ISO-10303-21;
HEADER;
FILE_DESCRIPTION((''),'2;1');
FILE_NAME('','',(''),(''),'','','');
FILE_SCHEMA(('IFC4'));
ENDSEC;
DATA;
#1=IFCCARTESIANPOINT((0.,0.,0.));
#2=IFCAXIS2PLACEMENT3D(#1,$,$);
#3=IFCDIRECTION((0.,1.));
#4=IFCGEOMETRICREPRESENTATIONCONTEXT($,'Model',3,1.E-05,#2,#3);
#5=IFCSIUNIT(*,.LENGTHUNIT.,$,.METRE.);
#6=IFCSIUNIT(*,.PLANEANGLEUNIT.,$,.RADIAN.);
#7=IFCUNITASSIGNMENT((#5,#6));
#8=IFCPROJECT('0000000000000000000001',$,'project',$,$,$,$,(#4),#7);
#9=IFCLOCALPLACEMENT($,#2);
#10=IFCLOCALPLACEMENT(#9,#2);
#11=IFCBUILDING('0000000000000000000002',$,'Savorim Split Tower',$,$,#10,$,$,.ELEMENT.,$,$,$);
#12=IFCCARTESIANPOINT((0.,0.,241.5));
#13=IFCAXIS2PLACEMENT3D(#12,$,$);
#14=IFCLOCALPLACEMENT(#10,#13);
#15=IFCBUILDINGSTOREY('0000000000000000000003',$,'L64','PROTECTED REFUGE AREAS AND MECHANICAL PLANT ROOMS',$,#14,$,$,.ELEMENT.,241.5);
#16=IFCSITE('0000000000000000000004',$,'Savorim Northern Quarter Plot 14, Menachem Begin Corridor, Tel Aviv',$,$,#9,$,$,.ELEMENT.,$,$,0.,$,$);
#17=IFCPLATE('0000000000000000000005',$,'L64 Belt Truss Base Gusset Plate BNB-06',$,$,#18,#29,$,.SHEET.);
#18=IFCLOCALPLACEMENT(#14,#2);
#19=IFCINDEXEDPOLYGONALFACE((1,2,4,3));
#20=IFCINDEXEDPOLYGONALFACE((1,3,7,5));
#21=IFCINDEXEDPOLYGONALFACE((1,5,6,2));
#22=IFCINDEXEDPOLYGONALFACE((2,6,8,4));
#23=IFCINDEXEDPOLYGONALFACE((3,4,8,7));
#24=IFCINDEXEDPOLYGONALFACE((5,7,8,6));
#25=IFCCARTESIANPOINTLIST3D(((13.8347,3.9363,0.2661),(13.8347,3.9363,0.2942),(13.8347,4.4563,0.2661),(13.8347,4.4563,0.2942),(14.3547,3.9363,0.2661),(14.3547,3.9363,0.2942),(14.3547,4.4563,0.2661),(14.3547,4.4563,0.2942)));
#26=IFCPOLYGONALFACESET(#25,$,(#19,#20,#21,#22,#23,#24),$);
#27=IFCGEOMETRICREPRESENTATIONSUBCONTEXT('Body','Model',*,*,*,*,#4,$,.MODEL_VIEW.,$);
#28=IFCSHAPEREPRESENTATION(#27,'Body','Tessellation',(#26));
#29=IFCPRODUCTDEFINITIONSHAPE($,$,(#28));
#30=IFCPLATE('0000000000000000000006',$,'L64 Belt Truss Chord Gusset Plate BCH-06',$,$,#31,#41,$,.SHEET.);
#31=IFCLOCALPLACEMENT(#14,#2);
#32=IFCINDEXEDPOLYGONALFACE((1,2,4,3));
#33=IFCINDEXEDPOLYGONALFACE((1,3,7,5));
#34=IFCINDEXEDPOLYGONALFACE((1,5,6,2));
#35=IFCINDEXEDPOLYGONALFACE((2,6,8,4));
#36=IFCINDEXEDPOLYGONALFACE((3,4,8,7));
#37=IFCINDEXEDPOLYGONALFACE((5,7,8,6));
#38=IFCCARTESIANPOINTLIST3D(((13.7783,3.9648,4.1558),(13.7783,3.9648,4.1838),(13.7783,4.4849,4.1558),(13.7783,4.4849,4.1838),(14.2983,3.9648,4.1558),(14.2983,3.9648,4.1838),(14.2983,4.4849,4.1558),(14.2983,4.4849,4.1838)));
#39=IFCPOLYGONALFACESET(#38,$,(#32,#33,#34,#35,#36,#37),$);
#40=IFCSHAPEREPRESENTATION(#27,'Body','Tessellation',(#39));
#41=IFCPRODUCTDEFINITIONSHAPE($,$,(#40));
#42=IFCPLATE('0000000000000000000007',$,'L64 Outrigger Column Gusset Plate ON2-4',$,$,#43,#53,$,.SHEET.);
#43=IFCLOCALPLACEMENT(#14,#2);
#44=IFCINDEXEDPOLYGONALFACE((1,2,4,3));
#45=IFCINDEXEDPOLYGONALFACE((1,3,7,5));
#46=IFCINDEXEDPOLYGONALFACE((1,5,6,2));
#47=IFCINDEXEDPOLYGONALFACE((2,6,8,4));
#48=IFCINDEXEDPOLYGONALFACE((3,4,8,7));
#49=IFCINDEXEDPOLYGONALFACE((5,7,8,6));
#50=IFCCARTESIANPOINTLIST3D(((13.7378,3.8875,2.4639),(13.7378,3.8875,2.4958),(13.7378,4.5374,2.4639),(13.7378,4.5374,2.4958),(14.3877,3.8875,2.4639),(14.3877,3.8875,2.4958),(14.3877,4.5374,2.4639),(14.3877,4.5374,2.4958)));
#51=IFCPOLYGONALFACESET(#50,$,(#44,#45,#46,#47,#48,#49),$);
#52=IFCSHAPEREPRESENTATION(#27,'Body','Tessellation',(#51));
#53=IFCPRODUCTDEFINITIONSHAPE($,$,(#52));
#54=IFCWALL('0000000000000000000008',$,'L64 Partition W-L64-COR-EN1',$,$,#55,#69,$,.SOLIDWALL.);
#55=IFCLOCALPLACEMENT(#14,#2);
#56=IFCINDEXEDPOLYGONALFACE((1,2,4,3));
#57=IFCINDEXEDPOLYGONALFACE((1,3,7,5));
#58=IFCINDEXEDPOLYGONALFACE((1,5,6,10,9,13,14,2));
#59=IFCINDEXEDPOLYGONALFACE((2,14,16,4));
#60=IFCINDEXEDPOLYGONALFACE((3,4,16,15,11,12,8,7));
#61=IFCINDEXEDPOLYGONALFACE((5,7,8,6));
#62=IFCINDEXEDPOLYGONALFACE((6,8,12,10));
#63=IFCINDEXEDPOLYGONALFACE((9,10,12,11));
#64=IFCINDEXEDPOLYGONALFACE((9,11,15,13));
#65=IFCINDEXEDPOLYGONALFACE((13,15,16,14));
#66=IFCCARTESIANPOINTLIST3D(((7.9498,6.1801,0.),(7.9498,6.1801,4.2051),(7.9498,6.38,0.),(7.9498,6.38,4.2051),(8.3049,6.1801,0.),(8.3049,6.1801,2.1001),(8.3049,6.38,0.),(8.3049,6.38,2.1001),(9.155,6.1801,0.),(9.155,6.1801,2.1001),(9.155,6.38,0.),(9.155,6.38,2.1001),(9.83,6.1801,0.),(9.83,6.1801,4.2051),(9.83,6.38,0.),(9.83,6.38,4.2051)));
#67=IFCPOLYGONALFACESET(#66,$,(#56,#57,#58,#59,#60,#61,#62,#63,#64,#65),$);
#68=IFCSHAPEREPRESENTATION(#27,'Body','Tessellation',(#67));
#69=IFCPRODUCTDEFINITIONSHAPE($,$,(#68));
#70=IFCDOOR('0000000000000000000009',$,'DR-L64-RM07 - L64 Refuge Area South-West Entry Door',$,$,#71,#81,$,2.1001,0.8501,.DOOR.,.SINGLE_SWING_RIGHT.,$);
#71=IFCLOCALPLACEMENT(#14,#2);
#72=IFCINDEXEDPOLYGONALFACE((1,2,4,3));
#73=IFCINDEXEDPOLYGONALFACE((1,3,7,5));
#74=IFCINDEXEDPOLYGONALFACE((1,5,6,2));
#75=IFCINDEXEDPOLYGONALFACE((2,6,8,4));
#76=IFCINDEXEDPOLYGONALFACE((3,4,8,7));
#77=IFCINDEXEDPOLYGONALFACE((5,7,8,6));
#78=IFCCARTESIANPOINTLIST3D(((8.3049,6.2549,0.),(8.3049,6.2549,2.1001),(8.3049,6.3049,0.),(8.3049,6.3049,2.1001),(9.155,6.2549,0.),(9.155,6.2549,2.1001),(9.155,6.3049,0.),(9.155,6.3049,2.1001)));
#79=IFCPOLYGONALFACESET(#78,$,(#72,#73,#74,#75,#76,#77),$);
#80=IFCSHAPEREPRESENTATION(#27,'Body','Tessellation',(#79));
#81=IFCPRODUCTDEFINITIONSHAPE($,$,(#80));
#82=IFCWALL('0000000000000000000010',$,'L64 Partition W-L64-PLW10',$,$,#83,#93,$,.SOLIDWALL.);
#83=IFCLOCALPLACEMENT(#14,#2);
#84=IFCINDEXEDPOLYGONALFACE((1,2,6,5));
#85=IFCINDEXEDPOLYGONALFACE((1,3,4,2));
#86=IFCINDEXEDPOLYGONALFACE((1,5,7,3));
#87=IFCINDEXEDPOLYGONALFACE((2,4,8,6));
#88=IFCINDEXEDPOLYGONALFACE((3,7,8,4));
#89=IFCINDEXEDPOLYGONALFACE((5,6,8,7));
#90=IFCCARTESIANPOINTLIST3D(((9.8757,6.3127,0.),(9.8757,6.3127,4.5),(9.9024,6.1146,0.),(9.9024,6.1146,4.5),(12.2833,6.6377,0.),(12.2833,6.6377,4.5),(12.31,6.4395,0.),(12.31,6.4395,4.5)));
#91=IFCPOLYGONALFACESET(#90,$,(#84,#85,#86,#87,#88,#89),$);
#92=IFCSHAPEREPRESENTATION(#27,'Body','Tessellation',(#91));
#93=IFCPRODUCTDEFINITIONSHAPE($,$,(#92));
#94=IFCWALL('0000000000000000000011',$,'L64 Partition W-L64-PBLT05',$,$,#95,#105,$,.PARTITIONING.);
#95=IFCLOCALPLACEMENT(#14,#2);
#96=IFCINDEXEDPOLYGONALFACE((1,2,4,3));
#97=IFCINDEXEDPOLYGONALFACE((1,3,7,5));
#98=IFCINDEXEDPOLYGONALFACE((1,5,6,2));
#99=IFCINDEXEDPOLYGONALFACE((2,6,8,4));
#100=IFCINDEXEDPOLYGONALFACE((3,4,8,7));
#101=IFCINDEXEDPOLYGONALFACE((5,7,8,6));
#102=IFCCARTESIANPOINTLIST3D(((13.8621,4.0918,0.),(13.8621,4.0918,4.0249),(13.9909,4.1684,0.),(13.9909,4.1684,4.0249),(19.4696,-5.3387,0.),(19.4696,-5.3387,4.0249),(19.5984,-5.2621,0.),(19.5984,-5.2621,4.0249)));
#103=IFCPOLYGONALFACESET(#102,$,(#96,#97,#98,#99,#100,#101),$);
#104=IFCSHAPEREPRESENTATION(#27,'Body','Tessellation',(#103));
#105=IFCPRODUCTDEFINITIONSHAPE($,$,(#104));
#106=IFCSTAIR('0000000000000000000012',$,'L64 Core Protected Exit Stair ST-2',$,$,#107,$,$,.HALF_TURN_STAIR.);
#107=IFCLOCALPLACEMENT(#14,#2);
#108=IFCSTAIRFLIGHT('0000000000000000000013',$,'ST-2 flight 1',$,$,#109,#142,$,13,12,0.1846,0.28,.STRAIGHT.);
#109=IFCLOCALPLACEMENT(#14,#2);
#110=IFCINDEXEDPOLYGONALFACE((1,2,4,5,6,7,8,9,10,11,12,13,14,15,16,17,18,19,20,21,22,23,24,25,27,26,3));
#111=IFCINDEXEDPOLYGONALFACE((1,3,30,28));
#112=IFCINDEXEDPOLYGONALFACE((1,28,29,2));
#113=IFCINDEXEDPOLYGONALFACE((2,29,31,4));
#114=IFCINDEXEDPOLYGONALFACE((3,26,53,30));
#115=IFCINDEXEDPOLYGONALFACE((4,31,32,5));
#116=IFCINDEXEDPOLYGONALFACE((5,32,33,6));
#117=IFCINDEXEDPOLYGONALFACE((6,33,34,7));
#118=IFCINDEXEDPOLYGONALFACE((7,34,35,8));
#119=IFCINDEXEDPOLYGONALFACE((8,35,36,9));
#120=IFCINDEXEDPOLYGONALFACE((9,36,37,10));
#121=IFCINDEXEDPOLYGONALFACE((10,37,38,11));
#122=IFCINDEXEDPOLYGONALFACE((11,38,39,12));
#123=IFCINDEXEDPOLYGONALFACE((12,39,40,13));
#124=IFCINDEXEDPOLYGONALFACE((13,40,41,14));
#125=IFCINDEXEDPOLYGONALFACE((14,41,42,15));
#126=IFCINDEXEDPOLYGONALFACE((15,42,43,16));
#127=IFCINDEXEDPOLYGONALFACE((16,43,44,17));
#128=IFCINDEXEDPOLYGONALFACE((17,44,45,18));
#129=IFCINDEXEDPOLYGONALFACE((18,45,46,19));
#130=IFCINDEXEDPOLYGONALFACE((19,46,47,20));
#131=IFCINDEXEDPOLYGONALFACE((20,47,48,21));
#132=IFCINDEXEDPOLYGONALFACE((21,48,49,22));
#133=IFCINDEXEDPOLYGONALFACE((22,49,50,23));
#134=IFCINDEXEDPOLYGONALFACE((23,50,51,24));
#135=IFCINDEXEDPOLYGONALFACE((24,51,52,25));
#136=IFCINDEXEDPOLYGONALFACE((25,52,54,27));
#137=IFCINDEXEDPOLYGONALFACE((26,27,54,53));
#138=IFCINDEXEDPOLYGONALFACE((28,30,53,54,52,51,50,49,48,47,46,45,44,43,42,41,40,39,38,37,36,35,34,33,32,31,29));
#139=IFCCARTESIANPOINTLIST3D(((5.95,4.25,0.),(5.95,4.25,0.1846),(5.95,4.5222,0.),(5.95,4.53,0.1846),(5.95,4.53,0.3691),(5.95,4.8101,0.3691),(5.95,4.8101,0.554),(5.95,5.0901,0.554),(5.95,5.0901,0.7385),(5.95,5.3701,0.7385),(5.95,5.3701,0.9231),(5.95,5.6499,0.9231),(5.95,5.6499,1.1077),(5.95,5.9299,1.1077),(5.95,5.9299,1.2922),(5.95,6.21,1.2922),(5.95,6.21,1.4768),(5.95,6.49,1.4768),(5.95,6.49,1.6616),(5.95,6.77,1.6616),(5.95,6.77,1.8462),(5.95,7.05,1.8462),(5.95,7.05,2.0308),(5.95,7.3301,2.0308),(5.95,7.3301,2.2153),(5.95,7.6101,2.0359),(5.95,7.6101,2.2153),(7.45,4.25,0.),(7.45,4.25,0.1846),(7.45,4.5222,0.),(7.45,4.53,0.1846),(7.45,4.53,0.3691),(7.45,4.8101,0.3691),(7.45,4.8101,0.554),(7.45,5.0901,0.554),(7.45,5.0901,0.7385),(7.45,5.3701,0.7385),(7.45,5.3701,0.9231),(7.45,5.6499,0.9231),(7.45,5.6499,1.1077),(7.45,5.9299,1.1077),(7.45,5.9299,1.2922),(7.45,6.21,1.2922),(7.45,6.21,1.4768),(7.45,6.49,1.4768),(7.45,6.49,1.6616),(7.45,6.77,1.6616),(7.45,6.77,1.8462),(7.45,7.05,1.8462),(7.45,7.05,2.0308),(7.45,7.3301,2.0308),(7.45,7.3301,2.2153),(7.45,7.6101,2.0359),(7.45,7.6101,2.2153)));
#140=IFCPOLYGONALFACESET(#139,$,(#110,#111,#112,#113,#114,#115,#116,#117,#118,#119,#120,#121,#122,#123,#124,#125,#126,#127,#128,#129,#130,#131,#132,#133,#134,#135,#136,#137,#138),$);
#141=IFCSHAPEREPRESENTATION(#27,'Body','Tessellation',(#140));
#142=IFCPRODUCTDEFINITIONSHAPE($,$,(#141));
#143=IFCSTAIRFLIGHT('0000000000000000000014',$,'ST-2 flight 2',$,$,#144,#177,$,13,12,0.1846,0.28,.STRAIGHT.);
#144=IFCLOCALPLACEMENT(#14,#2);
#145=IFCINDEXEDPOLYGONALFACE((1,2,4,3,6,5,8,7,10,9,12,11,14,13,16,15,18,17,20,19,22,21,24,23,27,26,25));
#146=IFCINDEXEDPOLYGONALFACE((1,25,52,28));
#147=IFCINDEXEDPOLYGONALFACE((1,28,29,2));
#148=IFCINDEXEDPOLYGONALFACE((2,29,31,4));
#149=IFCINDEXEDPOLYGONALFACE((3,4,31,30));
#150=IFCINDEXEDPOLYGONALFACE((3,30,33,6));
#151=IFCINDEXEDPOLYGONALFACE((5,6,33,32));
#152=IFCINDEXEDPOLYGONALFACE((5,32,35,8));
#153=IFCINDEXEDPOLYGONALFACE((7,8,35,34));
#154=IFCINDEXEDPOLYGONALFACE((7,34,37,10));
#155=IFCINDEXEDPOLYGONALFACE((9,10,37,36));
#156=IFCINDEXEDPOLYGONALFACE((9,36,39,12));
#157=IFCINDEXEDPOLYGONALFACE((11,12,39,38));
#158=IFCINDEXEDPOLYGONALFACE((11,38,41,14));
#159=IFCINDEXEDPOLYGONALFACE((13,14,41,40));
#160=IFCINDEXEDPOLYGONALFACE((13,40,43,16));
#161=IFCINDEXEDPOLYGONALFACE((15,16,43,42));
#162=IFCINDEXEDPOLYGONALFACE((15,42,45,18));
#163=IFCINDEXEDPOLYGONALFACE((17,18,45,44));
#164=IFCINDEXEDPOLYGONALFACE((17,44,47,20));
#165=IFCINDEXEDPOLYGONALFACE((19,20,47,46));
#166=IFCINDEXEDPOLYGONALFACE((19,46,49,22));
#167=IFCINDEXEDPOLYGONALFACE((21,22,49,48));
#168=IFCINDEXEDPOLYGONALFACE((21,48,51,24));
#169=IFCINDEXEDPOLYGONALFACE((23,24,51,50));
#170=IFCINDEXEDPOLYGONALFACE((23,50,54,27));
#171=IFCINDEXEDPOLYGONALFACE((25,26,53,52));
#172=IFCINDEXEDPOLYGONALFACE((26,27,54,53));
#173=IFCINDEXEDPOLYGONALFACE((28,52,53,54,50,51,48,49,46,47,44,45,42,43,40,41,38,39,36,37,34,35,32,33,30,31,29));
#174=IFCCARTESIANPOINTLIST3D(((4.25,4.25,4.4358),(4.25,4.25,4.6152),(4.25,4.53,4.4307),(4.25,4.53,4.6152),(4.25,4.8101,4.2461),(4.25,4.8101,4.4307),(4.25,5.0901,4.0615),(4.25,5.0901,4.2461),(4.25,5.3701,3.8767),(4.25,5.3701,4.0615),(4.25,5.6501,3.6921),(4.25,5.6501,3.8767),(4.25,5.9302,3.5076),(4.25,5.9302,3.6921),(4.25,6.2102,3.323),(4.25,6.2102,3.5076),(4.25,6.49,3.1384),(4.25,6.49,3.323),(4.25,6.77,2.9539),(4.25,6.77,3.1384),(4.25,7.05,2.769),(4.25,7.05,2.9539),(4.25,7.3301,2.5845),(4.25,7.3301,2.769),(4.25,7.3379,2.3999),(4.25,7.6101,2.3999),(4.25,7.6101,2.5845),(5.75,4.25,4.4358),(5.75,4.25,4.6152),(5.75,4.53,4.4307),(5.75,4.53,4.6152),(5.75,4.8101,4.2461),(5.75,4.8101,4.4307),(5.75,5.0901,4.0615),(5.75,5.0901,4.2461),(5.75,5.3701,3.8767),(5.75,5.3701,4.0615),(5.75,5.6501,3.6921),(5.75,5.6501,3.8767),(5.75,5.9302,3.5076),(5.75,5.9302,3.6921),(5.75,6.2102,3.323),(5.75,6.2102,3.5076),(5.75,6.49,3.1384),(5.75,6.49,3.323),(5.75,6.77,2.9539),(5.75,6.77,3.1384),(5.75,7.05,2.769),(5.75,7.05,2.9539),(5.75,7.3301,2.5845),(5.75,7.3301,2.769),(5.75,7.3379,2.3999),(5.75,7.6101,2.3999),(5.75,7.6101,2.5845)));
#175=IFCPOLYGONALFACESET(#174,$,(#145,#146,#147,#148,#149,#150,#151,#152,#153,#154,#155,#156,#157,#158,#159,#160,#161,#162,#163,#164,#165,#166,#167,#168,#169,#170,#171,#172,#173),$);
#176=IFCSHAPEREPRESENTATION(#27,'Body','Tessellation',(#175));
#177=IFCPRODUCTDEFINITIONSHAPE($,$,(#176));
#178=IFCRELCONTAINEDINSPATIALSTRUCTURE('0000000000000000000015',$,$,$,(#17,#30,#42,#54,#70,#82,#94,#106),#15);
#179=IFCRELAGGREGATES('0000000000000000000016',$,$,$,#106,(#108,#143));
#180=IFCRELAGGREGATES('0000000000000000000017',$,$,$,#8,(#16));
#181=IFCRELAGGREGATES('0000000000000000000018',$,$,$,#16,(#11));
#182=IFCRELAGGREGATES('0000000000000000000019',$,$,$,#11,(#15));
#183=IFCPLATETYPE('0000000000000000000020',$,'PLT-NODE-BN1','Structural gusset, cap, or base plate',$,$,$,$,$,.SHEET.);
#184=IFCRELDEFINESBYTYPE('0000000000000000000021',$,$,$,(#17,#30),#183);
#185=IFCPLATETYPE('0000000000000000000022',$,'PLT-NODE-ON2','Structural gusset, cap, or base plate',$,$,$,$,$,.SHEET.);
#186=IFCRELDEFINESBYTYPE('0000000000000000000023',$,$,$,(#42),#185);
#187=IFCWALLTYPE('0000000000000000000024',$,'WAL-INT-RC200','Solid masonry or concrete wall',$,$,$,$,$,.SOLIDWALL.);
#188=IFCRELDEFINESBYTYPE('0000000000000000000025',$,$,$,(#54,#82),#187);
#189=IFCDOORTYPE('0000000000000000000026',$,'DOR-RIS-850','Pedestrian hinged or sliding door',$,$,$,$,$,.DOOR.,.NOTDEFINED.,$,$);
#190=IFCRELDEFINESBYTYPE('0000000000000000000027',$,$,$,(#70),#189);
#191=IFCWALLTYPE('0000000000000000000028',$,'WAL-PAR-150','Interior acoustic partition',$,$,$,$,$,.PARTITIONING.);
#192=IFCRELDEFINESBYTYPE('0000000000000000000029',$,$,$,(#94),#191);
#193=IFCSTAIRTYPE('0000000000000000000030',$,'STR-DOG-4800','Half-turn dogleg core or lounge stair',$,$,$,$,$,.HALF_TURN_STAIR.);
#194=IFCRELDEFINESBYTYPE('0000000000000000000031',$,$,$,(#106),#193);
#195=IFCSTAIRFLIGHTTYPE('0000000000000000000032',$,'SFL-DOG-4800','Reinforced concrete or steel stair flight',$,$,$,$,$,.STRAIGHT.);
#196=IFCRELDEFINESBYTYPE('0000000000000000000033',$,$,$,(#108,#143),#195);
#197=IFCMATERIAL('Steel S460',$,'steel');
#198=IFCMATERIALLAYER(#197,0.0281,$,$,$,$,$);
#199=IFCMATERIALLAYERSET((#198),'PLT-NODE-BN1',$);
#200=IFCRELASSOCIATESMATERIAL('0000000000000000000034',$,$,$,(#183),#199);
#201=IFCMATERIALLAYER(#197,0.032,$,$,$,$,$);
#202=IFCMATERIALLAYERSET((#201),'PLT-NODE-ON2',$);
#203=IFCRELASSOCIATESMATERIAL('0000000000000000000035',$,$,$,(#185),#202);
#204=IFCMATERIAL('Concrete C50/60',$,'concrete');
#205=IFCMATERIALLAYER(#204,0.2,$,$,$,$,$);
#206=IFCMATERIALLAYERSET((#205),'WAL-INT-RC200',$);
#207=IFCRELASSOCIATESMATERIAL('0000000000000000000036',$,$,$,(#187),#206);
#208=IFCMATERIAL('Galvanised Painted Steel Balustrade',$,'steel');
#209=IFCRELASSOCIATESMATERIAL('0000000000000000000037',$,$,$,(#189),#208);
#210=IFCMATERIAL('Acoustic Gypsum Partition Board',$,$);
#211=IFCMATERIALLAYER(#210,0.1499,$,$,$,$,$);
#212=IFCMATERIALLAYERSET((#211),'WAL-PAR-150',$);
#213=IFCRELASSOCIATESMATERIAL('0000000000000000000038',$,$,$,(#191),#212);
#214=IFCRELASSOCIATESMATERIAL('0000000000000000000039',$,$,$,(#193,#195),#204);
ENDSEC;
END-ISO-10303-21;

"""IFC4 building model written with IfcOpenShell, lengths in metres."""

from ifc_helpers import new_model, si_unit, direction, frame, frame_2d, origin, origin_2d, place, context, subcontext, project, spatial, polyline, rectangle, outline, extrude, material, layer, layer_set, type_object, element, fill, aggregate, save


model = new_model("IFC4")

# Units and contexts
model_context = context("Model", 3, precision=1e-05, world=origin(), true_north=direction((0.0, 1.0)))
body_context = subcontext(model_context, "Body", "Model", "MODEL_VIEW")
ifc_project = project(units=[si_unit("LENGTHUNIT", "METRE"), si_unit("PLANEANGLEUNIT", "RADIAN")], contexts=[model_context])

# Site, building, storey
site_placement = place(None, origin())
site = spatial("IfcSite", under=ifc_project, at=site_placement, Name="Savorim Northern Quarter Plot 14, Menachem Begin Corridor, Tel Aviv", CompositionType="ELEMENT", RefElevation=0.0)
building_placement = place(site_placement, origin())
building = spatial("IfcBuilding", under=site, at=building_placement, Name="Savorim Split Tower", CompositionType="ELEMENT")
storey_placement = place(building_placement, frame((0.0, 0.0, 241.5)))
storey = spatial("IfcBuildingStorey", under=building, at=storey_placement, Name="L64", Description="PROTECTED REFUGE AREAS AND MECHANICAL PLANT ROOMS", CompositionType="ELEMENT", Elevation=241.5)

# Shared definitions
ifc_material_1 = material(Name="Steel S460", Category="steel")

# Plates
ifc_layer_1 = layer(ifc_material_1, 0.0281)
ifc_layer_set_1 = layer_set([ifc_layer_1], Name="PLT-NODE-BN1")
plate_type_1 = type_object("IfcPlateType", Name="PLT-NODE-BN1", Description="Structural gusset, cap, or base plate", PredefinedType="SHEET", material=ifc_layer_set_1)
for number, where, z_axis, x_axis, name in (
    (1, (14.0947, 4.1963, 0.2661), (0.0, 0.0, 1.0), (1.0, 0.0, 0.0), "L64 Belt Truss Base Gusset Plate BNB-06"),
    (2, (14.0383, 4.2249, 4.1558), (0.0, 0.0, 1.0), (1.0, 0.0, 0.0), "L64 Belt Truss Chord Gusset Plate BCH-06"),
):
    element("IfcPlate", number, at=place(storey_placement, frame(where, z_axis=z_axis, x_axis=x_axis)), inside=storey, type_object=plate_type_1, Name=name, PredefinedType="SHEET", context=body_context, shape_type="SweptSolid", body=[
        extrude(rectangle(XDim=0.52, YDim=0.52, at=origin_2d()), origin(), (0.0, 0.0, 1.0), 0.0281),
    ])
ifc_layer_2 = layer(ifc_material_1, 0.032)
ifc_layer_set_2 = layer_set([ifc_layer_2], Name="PLT-NODE-ON2")
plate_type_2 = type_object("IfcPlateType", Name="PLT-NODE-ON2", Description="Structural gusset, cap, or base plate", PredefinedType="SHEET", material=ifc_layer_set_2)
plate_1_placement = place(storey_placement, frame((14.0627, 4.2124, 2.4639), z_axis=(0.0, 0.0, 1.0), x_axis=(1.0, 0.0, 0.0)))
element("IfcPlate", 3, at=plate_1_placement, inside=storey, type_object=plate_type_2, Name="L64 Outrigger Column Gusset Plate ON2-4", PredefinedType="SHEET", context=body_context, shape_type="SweptSolid", body=[
    extrude(rectangle(XDim=0.6499, YDim=0.6499, at=origin_2d()), origin(), (0.0, 0.0, 1.0), 0.032),
])

# Wall, opening, door
ifc_material_2 = material(Name="Concrete C50/60", Category="concrete")
ifc_layer_3 = layer(ifc_material_2, 0.2)
ifc_layer_set_3 = layer_set([ifc_layer_3], Name="WAL-INT-RC200")
wall_type_1 = type_object("IfcWallType", Name="WAL-INT-RC200", Description="Solid masonry or concrete wall", PredefinedType="SOLIDWALL", material=ifc_layer_set_3)
wall_1_placement = place(storey_placement, frame((7.95, 6.28, 0.0), z_axis=(0.0, 0.0, 1.0), x_axis=(1.0, 0.0, 0.0)))
wall_1 = element("IfcWall", 4, at=wall_1_placement, inside=storey, type_object=wall_type_1, Name="L64 Partition W-L64-COR-EN1", PredefinedType="SOLIDWALL", context=body_context, shape_type="SweptSolid", body=[
    extrude(rectangle(XDim=1.8801, YDim=0.2, at=frame_2d((0.9399, 0.0))), origin(), (0.0, 0.0, 1.0), 4.2051),
])
opening_placement = place(wall_1_placement, frame((0.355, 0.0, 0.0)))
opening = element("IfcOpeningElement", 5, at=opening_placement, cuts=wall_1, PredefinedType="OPENING", context=body_context, shape_type="SweptSolid", body=[
    extrude(rectangle(XDim=0.8501, YDim=2.1001, at=frame_2d((0.425, 1.05))), frame((0.0, 0.1099, 0.0), z_axis=(0.0, -1.0, 0.0), x_axis=(1.0, 0.0, 0.0)), (0.0, 0.0, 1.0), 0.22),
])
ifc_material_3 = material(Name="Galvanised Painted Steel Balustrade", Category="steel")
door_type = type_object("IfcDoorType", Name="DOR-RIS-850", Description="Pedestrian hinged or sliding door", OperationType="NOTDEFINED", PredefinedType="DOOR", material=ifc_material_3)
door_placement = place(opening_placement, origin())
door = element("IfcDoor", 6, at=door_placement, inside=storey, type_object=door_type, Name="DR-L64-RM07 - L64 Refuge Area South-West Entry Door", OperationType="SINGLE_SWING_RIGHT", OverallHeight=2.1001, OverallWidth=0.8501, PredefinedType="DOOR", context=body_context, shape_type="SweptSolid", body=[
    extrude(rectangle(XDim=0.8501, YDim=2.1001, at=frame_2d((0.425, 1.05))), frame((0.0, 0.0249, 0.0), z_axis=(0.0, -1.0, 0.0), x_axis=(1.0, 0.0, 0.0)), (0.0, 0.0, 1.0), 0.05),
])
fill(opening, door)

# Walls
wall_2_placement = place(storey_placement, frame((9.8889, 6.2136, 0.0), z_axis=(0.0, 0.0, 1.0), x_axis=(0.991015, 0.13375, 0.0)))
element("IfcWall", 7, at=wall_2_placement, inside=storey, type_object=wall_type_1, Name="L64 Partition W-L64-PLW10", PredefinedType="SOLIDWALL", context=body_context, shape_type="SweptSolid", body=[
    extrude(rectangle(XDim=2.4294, YDim=0.2, at=frame_2d((1.2148, 0.0))), origin(), (0.0, 0.0, 1.0), 4.5),
])
ifc_material_4 = material(Name="Acoustic Gypsum Partition Board")
ifc_layer_4 = layer(ifc_material_4, 0.1499)
ifc_layer_set_4 = layer_set([ifc_layer_4], Name="WAL-PAR-150")
wall_type_2 = type_object("IfcWallType", Name="WAL-PAR-150", Description="Interior acoustic partition", PredefinedType="PARTITIONING", material=ifc_layer_set_4)
wall_3_placement = place(storey_placement, frame((13.9265, 4.1301, 0.0), z_axis=(0.0, 0.0, 1.0), x_axis=(0.511085, -0.85953, 0.0)))
element("IfcWall", 8, at=wall_3_placement, inside=storey, type_object=wall_type_2, Name="L64 Partition W-L64-PBLT05", PredefinedType="PARTITIONING", context=body_context, shape_type="SweptSolid", body=[
    extrude(rectangle(XDim=10.9717, YDim=0.1499, at=frame_2d((5.4858, 0.0))), origin(), (0.0, 0.0, 1.0), 4.0249),
])

# Stair, stair flights
stair_type = type_object("IfcStairType", Name="STR-DOG-4800", Description="Half-turn dogleg core or lounge stair", PredefinedType="HALF_TURN_STAIR", material=ifc_material_2)
stair_placement = place(storey_placement, origin())
stair = element("IfcStair", 9, at=stair_placement, inside=storey, type_object=stair_type, Name="L64 Core Protected Exit Stair ST-2", PredefinedType="HALF_TURN_STAIR")
stair_flight_type = type_object("IfcStairFlightType", Name="SFL-DOG-4800", Description="Reinforced concrete or steel stair flight", PredefinedType="STRAIGHT", material=ifc_material_2)
stair_flight_1_placement = place(storey_placement, frame((6.7, 4.25, 0.0), z_axis=(0.0, 0.0, 1.0), x_axis=(0.0, 1.0, 0.0)))
stair_flight_1 = element("IfcStairFlight", 10, at=stair_flight_1_placement, type_object=stair_flight_type, Name="ST-2 flight 1", NumberOfRisers=13, NumberOfTreads=12, PredefinedType="STRAIGHT", RiserHeight=0.1846, TreadLength=0.28, context=body_context, shape_type="SweptSolid", body=[
    extrude(outline(polyline([(0.0, 0.0), (0.0, 0.1846), (0.28, 0.1846), (0.28, 0.3691), (0.5601, 0.3691), (0.5601, 0.554), (0.8401, 0.554), (0.8401, 0.7385), (1.1201, 0.7385), (1.1201, 0.9231), (1.3999, 0.9231), (1.3999, 1.1077), (1.6799, 1.1077), (1.6799, 1.2922), (1.96, 1.2922), (1.96, 1.4768), (2.24, 1.4768), (2.24, 1.6616), (2.52, 1.6616), (2.52, 1.8462), (2.8, 1.8462), (2.8, 2.0308), (3.0801, 2.0308), (3.0801, 2.2153), (3.3601, 2.2153), (3.3601, 2.3999), (3.3601, 2.0359), (0.2722, 0.0), (0.0, 0.0)])), frame((0.0, 0.75, 0.0), z_axis=(0.0, -1.0, 0.0), x_axis=(1.0, 0.0, 0.0)), (0.0, 0.0, 1.0), 1.5),
])
stair_flight_2_placement = place(storey_placement, frame((5.0, 7.6101, 2.3999), z_axis=(0.0, 0.0, 1.0), x_axis=(0.0, -1.0, 0.0)))
stair_flight_2 = element("IfcStairFlight", 11, at=stair_flight_2_placement, type_object=stair_flight_type, Name="ST-2 flight 2", NumberOfRisers=13, NumberOfTreads=12, PredefinedType="STRAIGHT", RiserHeight=0.1846, TreadLength=0.28, context=body_context, shape_type="SweptSolid", body=[
    extrude(outline(polyline([(0.0, 0.0), (0.0, 0.1846), (0.28, 0.1846), (0.28, 0.3691), (0.5601, 0.3691), (0.5601, 0.554), (0.8401, 0.554), (0.8401, 0.7385), (1.1201, 0.7385), (1.1201, 0.9231), (1.3999, 0.9231), (1.3999, 1.1077), (1.6799, 1.1077), (1.6799, 1.2922), (1.96, 1.2922), (1.96, 1.4768), (2.24, 1.4768), (2.24, 1.6616), (2.52, 1.6616), (2.52, 1.8462), (2.8, 1.8462), (2.8, 2.0308), (3.0801, 2.0308), (3.0801, 2.2153), (3.3601, 2.2153), (3.3601, 2.3999), (3.3601, 2.0359), (0.2722, 0.0), (0.0, 0.0)])), frame((0.0, 0.75, 0.0), z_axis=(0.0, -1.0, 0.0), x_axis=(1.0, 0.0, 0.0)), (0.0, 0.0, 1.0), 1.5),
])
aggregate(stair, [stair_flight_1, stair_flight_2])

save(model, "model.ifc")
